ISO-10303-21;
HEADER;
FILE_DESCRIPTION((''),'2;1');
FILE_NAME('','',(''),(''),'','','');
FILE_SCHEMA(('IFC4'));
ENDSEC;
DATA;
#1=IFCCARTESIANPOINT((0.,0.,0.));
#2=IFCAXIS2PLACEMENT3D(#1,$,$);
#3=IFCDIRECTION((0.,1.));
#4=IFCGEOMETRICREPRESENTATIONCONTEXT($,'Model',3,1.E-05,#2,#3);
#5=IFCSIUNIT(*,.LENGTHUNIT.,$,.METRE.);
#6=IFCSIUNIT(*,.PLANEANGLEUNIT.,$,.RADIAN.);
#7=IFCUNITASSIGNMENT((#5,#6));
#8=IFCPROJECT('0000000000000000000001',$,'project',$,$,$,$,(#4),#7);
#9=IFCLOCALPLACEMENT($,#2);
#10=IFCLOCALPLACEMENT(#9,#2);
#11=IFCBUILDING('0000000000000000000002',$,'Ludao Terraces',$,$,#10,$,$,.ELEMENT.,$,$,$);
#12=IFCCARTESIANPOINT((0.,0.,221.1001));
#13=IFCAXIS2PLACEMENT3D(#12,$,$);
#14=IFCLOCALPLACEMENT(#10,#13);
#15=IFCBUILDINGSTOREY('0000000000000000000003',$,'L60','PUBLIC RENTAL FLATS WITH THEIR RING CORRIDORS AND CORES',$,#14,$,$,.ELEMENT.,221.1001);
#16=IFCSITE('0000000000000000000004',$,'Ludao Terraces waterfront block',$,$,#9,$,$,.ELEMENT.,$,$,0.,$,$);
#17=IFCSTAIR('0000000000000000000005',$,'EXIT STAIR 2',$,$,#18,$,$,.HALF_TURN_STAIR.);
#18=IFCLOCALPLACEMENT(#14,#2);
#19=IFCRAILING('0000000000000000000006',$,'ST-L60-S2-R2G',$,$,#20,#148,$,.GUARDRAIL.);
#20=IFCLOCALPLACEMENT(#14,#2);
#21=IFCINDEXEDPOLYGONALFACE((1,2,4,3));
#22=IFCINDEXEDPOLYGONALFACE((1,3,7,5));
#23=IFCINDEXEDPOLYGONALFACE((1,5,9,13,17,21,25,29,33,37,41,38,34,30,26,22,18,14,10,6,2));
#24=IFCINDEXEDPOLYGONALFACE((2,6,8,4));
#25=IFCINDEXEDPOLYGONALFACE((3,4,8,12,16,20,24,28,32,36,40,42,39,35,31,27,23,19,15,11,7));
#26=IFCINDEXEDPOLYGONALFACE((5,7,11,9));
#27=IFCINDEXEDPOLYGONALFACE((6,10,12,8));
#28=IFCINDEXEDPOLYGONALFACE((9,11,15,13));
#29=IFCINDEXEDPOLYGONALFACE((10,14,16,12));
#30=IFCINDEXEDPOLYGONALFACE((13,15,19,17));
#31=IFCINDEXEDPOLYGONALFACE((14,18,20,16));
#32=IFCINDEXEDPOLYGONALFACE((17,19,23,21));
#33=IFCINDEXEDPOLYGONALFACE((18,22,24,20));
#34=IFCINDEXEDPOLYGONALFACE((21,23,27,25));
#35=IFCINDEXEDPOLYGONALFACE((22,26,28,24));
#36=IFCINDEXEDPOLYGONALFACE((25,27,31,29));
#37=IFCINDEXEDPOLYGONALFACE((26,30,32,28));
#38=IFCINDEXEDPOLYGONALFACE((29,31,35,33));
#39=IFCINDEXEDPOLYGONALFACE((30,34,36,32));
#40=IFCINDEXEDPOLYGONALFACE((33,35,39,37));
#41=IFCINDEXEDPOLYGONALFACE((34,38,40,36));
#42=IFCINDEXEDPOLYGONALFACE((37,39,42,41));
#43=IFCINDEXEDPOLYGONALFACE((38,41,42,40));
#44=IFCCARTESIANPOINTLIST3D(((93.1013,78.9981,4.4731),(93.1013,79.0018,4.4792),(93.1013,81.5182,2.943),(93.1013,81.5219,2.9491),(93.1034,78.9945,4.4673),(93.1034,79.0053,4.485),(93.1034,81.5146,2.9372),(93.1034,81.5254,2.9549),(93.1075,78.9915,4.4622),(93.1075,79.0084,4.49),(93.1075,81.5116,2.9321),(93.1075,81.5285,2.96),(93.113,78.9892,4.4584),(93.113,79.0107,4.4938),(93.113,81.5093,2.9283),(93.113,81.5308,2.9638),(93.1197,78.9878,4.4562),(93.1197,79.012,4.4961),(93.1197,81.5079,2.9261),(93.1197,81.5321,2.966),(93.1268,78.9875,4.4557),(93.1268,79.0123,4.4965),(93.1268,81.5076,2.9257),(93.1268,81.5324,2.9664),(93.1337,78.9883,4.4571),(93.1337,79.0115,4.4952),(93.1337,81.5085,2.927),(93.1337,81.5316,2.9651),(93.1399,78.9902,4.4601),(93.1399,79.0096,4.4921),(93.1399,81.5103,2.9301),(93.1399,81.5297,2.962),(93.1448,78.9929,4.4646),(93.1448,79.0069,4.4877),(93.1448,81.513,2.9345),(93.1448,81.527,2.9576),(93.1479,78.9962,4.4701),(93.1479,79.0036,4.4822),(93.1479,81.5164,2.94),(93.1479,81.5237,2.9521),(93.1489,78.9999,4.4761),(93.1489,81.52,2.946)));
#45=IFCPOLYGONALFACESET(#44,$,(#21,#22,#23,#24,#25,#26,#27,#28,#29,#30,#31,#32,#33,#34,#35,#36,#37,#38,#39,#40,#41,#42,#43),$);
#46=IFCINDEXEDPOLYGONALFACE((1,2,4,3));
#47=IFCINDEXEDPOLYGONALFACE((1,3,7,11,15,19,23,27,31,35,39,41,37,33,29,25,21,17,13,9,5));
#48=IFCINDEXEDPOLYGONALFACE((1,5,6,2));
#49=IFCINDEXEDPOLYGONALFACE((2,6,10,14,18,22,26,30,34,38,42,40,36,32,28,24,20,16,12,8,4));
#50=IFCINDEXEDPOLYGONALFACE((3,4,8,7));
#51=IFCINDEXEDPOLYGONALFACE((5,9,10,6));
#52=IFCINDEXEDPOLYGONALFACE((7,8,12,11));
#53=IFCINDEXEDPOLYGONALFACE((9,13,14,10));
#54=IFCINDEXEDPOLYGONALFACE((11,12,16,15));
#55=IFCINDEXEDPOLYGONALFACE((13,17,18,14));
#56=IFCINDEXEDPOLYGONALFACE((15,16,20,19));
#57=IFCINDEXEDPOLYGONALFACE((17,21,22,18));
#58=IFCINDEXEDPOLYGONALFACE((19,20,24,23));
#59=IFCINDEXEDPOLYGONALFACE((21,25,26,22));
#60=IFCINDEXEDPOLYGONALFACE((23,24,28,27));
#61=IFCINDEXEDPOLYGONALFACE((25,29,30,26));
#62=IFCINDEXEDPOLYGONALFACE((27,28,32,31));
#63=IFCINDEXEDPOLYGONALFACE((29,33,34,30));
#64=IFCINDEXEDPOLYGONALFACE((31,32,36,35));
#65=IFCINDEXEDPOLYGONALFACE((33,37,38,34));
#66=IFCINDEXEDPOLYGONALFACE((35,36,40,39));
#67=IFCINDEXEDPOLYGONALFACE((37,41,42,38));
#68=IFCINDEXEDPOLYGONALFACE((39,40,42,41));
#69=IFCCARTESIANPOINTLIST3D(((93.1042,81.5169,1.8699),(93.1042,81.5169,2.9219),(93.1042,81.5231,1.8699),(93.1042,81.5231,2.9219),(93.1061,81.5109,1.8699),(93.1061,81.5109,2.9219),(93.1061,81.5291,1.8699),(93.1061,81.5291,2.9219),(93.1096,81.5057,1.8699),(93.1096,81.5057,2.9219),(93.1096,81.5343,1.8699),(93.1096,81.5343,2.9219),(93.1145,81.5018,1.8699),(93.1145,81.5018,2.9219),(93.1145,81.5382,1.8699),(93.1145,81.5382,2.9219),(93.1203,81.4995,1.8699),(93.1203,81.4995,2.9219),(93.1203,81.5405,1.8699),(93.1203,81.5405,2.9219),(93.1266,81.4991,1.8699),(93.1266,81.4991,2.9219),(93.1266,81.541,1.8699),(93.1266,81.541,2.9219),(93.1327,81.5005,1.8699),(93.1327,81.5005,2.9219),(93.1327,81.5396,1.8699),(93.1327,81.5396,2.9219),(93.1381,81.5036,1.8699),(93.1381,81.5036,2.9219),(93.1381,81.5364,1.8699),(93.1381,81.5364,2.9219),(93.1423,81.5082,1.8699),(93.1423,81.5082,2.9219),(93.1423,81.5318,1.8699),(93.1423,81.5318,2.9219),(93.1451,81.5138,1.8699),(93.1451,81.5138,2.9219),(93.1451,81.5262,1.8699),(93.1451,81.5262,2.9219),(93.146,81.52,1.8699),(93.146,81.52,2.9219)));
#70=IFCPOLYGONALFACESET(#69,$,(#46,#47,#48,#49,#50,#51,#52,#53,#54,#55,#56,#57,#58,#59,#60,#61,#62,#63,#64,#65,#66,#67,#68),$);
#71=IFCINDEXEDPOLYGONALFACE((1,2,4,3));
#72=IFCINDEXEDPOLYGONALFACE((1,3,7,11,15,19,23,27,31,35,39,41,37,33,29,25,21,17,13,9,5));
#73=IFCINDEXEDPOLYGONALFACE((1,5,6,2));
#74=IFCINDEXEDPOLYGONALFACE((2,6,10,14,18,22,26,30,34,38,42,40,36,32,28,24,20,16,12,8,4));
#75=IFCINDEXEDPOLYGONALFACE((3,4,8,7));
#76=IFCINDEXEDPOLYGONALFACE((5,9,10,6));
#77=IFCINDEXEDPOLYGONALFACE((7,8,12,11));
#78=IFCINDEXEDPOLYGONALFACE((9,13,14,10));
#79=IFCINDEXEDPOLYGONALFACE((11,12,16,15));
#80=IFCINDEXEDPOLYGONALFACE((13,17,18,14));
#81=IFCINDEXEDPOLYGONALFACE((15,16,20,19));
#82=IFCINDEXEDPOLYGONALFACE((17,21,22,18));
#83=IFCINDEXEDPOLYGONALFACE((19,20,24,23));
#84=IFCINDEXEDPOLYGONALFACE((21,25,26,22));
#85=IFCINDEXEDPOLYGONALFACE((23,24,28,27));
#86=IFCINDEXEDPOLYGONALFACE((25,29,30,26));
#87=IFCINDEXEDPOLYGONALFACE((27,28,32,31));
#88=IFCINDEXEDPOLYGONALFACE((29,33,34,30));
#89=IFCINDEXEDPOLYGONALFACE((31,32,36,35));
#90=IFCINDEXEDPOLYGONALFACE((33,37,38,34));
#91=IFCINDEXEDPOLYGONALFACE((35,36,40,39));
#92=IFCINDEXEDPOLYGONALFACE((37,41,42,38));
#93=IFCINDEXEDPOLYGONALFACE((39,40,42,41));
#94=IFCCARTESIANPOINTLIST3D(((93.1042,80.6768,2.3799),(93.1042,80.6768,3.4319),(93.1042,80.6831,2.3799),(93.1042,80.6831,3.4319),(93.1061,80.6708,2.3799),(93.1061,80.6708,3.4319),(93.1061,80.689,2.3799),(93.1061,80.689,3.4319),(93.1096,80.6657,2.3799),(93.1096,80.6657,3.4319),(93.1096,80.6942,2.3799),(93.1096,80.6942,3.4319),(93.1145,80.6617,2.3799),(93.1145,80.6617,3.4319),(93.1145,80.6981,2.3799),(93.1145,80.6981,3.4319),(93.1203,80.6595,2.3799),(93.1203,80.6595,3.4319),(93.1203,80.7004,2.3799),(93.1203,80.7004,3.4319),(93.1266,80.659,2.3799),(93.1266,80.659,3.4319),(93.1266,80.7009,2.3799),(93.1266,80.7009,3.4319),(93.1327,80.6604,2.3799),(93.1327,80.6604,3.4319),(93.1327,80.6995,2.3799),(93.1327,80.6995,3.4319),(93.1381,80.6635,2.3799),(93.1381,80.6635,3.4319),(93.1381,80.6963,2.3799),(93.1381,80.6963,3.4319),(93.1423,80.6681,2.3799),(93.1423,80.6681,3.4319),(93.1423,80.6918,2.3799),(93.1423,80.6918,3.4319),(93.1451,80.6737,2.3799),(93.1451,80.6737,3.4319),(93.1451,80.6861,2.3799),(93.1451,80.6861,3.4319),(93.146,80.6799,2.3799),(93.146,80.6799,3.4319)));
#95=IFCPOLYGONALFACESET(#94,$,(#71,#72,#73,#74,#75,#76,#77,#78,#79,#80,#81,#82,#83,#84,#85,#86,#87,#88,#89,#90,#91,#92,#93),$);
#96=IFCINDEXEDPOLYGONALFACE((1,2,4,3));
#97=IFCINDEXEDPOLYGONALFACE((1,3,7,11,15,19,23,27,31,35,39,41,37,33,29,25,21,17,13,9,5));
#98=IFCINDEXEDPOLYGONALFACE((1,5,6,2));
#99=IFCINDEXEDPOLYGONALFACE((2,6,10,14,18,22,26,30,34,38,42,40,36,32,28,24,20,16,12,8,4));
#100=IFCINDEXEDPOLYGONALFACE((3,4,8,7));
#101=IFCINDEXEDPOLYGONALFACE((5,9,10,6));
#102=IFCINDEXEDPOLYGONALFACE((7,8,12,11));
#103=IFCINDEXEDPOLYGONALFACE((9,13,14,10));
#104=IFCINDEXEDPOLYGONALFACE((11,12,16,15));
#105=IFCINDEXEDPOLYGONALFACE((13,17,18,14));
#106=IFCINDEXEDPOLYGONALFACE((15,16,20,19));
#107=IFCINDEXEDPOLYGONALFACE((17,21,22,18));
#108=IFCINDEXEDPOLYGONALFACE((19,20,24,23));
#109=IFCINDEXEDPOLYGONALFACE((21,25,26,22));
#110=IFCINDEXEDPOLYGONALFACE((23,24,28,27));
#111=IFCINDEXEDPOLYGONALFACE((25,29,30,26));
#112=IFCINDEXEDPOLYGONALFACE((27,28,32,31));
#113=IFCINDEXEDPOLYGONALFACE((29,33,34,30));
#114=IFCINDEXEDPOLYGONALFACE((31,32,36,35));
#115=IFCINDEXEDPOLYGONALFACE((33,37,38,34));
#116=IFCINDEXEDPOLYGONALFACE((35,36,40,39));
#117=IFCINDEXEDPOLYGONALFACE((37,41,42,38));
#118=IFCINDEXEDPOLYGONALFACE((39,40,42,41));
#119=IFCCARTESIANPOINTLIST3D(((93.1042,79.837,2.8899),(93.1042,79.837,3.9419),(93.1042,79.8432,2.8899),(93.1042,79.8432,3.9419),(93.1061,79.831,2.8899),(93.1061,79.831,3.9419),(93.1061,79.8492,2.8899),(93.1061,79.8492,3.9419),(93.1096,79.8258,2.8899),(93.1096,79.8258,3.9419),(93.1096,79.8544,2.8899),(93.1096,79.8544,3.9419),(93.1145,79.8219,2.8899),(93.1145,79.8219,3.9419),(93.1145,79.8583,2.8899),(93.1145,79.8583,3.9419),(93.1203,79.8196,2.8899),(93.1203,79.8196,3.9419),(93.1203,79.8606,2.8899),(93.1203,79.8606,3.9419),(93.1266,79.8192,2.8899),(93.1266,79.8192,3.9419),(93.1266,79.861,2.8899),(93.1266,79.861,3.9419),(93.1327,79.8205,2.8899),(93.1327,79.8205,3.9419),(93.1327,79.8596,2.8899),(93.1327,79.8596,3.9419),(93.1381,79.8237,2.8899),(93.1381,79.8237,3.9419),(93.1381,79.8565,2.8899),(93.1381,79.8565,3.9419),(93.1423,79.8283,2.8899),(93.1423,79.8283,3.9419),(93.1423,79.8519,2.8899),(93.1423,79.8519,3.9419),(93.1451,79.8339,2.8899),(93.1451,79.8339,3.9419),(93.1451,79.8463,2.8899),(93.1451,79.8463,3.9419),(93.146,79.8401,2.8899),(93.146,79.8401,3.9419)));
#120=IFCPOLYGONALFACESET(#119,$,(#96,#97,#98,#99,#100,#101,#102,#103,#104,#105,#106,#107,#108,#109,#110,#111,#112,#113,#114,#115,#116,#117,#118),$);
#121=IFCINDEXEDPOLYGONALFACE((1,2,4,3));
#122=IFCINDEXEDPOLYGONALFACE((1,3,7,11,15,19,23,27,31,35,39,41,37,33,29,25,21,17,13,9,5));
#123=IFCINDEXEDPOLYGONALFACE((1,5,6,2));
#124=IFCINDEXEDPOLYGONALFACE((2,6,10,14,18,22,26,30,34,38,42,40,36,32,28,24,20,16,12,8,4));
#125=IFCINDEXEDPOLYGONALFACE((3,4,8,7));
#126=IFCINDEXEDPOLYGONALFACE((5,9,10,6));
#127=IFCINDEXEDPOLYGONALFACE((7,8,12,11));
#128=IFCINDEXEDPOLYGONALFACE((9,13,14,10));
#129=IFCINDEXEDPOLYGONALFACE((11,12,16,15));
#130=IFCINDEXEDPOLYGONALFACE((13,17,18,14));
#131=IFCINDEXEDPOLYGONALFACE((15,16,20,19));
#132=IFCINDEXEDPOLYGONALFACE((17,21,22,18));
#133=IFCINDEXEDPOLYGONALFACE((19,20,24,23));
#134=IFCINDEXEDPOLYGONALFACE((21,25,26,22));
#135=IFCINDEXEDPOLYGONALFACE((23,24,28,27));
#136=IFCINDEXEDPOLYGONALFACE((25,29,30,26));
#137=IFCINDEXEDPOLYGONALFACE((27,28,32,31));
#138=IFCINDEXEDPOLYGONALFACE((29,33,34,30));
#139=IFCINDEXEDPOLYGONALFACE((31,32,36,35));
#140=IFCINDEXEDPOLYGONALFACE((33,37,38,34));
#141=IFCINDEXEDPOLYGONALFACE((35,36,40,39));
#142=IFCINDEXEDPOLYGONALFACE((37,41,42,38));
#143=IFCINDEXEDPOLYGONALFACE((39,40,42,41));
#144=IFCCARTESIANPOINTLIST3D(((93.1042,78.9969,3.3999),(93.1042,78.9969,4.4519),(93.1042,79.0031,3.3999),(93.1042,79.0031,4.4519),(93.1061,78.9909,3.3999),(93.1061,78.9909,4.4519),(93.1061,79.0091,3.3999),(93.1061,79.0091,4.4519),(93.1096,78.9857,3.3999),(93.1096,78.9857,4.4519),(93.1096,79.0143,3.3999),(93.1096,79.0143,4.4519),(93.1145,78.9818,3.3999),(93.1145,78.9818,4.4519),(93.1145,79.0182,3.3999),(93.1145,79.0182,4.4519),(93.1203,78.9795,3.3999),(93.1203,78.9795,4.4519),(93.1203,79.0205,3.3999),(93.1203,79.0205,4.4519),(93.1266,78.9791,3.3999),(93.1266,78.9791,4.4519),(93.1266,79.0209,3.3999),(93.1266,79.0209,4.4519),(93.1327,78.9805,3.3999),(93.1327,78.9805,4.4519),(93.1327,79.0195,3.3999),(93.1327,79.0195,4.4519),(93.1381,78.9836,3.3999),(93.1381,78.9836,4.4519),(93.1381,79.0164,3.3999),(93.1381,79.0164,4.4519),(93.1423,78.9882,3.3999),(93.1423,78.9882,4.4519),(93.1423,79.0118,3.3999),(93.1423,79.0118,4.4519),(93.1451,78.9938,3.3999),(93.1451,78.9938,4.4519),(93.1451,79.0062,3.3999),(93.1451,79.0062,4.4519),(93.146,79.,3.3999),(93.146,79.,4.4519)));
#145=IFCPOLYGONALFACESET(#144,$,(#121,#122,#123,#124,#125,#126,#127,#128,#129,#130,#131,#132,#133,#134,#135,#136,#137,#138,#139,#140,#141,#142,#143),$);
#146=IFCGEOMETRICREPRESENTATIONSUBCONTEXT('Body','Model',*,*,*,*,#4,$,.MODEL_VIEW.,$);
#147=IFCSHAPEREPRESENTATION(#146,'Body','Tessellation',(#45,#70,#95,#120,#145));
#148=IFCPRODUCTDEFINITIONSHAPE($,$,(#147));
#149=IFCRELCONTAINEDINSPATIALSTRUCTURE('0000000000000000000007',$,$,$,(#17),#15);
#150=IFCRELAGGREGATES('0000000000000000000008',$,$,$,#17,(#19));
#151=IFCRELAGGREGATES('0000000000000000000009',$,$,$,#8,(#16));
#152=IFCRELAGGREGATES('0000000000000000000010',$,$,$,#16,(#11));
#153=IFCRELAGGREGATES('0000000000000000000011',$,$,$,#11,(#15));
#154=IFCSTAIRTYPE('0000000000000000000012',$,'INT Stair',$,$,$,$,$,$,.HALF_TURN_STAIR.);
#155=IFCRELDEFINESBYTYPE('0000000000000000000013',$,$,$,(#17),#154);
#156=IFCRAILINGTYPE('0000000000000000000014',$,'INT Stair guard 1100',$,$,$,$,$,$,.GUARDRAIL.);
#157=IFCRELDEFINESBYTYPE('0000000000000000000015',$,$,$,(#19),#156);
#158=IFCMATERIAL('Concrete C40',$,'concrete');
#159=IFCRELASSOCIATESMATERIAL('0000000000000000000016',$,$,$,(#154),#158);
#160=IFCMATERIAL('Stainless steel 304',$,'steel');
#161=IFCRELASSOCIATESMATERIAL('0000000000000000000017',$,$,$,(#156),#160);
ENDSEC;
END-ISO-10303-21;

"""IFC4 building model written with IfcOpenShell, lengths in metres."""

from ifc_helpers import new_model, si_unit, direction, frame, origin, origin_2d, place, context, subcontext, project, spatial, circle, extrude, material, type_object, element, aggregate, save


model = new_model("IFC4")

# Units and contexts
model_context = context("Model", 3, precision=1e-05, world=origin(), true_north=direction((0.0, 1.0)))
body_context = subcontext(model_context, "Body", "Model", "MODEL_VIEW")
ifc_project = project(units=[si_unit("LENGTHUNIT", "METRE"), si_unit("PLANEANGLEUNIT", "RADIAN")], contexts=[model_context])

# Site, building, storey
site_placement = place(None, origin())
site = spatial("IfcSite", under=ifc_project, at=site_placement, Name="Ludao Terraces waterfront block", CompositionType="ELEMENT", RefElevation=0.0)
building_placement = place(site_placement, origin())
building = spatial("IfcBuilding", under=site, at=building_placement, Name="Ludao Terraces", CompositionType="ELEMENT")
storey_placement = place(building_placement, frame((0.0, 0.0, 221.1001)))
storey = spatial("IfcBuildingStorey", under=building, at=storey_placement, Name="L60", Description="PUBLIC RENTAL FLATS WITH THEIR RING CORRIDORS AND CORES", CompositionType="ELEMENT", Elevation=221.1001)

# Shared definitions
ifc_material_1 = material(Name="Stainless steel 304", Category="steel")

# Stair, railing
ifc_material_2 = material(Name="Concrete C40", Category="concrete")
stair_type = type_object("IfcStairType", Name="INT Stair", PredefinedType="HALF_TURN_STAIR", material=ifc_material_2)
stair_placement = place(storey_placement, origin())
stair = element("IfcStair", 1, at=stair_placement, inside=storey, type_object=stair_type, Name="EXIT STAIR 2", PredefinedType="HALF_TURN_STAIR")
railing_type_1 = type_object("IfcRailingType", Name="INT Stair guard 1100", PredefinedType="GUARDRAIL", material=ifc_material_1)
railing_1_placement = place(storey_placement, frame((93.125, 81.52, 1.8699)))
railing_1 = element("IfcRailing", 2, at=railing_1_placement, type_object=railing_type_1, Name="ST-L60-S2-R2G", PredefinedType="GUARDRAIL", context=body_context, shape_type="SweptSolid", body=[
    extrude(circle(Radius=0.0239, at=origin_2d()), frame((0.0, 0.0, 1.0762), z_axis=(0.0, -0.854785, 0.518982), x_axis=(1.0, 0.0, 0.0)), (0.0, 0.0, 1.0), 2.9482),
    extrude(circle(Radius=0.021, at=origin_2d()), origin(), (0.0, 0.0, 1.0), 1.052),
    extrude(circle(Radius=0.021, at=origin_2d()), frame((0.0, -0.8401, 0.51)), (0.0, 0.0, 1.0), 1.052),
    extrude(circle(Radius=0.021, at=origin_2d()), frame((0.0, -1.6799, 1.02)), (0.0, 0.0, 1.0), 1.052),
    extrude(circle(Radius=0.021, at=origin_2d()), frame((0.0, -2.52, 1.53)), (0.0, 0.0, 1.0), 1.052),
])
aggregate(stair, [railing_1])

save(model, "model.ifc")
